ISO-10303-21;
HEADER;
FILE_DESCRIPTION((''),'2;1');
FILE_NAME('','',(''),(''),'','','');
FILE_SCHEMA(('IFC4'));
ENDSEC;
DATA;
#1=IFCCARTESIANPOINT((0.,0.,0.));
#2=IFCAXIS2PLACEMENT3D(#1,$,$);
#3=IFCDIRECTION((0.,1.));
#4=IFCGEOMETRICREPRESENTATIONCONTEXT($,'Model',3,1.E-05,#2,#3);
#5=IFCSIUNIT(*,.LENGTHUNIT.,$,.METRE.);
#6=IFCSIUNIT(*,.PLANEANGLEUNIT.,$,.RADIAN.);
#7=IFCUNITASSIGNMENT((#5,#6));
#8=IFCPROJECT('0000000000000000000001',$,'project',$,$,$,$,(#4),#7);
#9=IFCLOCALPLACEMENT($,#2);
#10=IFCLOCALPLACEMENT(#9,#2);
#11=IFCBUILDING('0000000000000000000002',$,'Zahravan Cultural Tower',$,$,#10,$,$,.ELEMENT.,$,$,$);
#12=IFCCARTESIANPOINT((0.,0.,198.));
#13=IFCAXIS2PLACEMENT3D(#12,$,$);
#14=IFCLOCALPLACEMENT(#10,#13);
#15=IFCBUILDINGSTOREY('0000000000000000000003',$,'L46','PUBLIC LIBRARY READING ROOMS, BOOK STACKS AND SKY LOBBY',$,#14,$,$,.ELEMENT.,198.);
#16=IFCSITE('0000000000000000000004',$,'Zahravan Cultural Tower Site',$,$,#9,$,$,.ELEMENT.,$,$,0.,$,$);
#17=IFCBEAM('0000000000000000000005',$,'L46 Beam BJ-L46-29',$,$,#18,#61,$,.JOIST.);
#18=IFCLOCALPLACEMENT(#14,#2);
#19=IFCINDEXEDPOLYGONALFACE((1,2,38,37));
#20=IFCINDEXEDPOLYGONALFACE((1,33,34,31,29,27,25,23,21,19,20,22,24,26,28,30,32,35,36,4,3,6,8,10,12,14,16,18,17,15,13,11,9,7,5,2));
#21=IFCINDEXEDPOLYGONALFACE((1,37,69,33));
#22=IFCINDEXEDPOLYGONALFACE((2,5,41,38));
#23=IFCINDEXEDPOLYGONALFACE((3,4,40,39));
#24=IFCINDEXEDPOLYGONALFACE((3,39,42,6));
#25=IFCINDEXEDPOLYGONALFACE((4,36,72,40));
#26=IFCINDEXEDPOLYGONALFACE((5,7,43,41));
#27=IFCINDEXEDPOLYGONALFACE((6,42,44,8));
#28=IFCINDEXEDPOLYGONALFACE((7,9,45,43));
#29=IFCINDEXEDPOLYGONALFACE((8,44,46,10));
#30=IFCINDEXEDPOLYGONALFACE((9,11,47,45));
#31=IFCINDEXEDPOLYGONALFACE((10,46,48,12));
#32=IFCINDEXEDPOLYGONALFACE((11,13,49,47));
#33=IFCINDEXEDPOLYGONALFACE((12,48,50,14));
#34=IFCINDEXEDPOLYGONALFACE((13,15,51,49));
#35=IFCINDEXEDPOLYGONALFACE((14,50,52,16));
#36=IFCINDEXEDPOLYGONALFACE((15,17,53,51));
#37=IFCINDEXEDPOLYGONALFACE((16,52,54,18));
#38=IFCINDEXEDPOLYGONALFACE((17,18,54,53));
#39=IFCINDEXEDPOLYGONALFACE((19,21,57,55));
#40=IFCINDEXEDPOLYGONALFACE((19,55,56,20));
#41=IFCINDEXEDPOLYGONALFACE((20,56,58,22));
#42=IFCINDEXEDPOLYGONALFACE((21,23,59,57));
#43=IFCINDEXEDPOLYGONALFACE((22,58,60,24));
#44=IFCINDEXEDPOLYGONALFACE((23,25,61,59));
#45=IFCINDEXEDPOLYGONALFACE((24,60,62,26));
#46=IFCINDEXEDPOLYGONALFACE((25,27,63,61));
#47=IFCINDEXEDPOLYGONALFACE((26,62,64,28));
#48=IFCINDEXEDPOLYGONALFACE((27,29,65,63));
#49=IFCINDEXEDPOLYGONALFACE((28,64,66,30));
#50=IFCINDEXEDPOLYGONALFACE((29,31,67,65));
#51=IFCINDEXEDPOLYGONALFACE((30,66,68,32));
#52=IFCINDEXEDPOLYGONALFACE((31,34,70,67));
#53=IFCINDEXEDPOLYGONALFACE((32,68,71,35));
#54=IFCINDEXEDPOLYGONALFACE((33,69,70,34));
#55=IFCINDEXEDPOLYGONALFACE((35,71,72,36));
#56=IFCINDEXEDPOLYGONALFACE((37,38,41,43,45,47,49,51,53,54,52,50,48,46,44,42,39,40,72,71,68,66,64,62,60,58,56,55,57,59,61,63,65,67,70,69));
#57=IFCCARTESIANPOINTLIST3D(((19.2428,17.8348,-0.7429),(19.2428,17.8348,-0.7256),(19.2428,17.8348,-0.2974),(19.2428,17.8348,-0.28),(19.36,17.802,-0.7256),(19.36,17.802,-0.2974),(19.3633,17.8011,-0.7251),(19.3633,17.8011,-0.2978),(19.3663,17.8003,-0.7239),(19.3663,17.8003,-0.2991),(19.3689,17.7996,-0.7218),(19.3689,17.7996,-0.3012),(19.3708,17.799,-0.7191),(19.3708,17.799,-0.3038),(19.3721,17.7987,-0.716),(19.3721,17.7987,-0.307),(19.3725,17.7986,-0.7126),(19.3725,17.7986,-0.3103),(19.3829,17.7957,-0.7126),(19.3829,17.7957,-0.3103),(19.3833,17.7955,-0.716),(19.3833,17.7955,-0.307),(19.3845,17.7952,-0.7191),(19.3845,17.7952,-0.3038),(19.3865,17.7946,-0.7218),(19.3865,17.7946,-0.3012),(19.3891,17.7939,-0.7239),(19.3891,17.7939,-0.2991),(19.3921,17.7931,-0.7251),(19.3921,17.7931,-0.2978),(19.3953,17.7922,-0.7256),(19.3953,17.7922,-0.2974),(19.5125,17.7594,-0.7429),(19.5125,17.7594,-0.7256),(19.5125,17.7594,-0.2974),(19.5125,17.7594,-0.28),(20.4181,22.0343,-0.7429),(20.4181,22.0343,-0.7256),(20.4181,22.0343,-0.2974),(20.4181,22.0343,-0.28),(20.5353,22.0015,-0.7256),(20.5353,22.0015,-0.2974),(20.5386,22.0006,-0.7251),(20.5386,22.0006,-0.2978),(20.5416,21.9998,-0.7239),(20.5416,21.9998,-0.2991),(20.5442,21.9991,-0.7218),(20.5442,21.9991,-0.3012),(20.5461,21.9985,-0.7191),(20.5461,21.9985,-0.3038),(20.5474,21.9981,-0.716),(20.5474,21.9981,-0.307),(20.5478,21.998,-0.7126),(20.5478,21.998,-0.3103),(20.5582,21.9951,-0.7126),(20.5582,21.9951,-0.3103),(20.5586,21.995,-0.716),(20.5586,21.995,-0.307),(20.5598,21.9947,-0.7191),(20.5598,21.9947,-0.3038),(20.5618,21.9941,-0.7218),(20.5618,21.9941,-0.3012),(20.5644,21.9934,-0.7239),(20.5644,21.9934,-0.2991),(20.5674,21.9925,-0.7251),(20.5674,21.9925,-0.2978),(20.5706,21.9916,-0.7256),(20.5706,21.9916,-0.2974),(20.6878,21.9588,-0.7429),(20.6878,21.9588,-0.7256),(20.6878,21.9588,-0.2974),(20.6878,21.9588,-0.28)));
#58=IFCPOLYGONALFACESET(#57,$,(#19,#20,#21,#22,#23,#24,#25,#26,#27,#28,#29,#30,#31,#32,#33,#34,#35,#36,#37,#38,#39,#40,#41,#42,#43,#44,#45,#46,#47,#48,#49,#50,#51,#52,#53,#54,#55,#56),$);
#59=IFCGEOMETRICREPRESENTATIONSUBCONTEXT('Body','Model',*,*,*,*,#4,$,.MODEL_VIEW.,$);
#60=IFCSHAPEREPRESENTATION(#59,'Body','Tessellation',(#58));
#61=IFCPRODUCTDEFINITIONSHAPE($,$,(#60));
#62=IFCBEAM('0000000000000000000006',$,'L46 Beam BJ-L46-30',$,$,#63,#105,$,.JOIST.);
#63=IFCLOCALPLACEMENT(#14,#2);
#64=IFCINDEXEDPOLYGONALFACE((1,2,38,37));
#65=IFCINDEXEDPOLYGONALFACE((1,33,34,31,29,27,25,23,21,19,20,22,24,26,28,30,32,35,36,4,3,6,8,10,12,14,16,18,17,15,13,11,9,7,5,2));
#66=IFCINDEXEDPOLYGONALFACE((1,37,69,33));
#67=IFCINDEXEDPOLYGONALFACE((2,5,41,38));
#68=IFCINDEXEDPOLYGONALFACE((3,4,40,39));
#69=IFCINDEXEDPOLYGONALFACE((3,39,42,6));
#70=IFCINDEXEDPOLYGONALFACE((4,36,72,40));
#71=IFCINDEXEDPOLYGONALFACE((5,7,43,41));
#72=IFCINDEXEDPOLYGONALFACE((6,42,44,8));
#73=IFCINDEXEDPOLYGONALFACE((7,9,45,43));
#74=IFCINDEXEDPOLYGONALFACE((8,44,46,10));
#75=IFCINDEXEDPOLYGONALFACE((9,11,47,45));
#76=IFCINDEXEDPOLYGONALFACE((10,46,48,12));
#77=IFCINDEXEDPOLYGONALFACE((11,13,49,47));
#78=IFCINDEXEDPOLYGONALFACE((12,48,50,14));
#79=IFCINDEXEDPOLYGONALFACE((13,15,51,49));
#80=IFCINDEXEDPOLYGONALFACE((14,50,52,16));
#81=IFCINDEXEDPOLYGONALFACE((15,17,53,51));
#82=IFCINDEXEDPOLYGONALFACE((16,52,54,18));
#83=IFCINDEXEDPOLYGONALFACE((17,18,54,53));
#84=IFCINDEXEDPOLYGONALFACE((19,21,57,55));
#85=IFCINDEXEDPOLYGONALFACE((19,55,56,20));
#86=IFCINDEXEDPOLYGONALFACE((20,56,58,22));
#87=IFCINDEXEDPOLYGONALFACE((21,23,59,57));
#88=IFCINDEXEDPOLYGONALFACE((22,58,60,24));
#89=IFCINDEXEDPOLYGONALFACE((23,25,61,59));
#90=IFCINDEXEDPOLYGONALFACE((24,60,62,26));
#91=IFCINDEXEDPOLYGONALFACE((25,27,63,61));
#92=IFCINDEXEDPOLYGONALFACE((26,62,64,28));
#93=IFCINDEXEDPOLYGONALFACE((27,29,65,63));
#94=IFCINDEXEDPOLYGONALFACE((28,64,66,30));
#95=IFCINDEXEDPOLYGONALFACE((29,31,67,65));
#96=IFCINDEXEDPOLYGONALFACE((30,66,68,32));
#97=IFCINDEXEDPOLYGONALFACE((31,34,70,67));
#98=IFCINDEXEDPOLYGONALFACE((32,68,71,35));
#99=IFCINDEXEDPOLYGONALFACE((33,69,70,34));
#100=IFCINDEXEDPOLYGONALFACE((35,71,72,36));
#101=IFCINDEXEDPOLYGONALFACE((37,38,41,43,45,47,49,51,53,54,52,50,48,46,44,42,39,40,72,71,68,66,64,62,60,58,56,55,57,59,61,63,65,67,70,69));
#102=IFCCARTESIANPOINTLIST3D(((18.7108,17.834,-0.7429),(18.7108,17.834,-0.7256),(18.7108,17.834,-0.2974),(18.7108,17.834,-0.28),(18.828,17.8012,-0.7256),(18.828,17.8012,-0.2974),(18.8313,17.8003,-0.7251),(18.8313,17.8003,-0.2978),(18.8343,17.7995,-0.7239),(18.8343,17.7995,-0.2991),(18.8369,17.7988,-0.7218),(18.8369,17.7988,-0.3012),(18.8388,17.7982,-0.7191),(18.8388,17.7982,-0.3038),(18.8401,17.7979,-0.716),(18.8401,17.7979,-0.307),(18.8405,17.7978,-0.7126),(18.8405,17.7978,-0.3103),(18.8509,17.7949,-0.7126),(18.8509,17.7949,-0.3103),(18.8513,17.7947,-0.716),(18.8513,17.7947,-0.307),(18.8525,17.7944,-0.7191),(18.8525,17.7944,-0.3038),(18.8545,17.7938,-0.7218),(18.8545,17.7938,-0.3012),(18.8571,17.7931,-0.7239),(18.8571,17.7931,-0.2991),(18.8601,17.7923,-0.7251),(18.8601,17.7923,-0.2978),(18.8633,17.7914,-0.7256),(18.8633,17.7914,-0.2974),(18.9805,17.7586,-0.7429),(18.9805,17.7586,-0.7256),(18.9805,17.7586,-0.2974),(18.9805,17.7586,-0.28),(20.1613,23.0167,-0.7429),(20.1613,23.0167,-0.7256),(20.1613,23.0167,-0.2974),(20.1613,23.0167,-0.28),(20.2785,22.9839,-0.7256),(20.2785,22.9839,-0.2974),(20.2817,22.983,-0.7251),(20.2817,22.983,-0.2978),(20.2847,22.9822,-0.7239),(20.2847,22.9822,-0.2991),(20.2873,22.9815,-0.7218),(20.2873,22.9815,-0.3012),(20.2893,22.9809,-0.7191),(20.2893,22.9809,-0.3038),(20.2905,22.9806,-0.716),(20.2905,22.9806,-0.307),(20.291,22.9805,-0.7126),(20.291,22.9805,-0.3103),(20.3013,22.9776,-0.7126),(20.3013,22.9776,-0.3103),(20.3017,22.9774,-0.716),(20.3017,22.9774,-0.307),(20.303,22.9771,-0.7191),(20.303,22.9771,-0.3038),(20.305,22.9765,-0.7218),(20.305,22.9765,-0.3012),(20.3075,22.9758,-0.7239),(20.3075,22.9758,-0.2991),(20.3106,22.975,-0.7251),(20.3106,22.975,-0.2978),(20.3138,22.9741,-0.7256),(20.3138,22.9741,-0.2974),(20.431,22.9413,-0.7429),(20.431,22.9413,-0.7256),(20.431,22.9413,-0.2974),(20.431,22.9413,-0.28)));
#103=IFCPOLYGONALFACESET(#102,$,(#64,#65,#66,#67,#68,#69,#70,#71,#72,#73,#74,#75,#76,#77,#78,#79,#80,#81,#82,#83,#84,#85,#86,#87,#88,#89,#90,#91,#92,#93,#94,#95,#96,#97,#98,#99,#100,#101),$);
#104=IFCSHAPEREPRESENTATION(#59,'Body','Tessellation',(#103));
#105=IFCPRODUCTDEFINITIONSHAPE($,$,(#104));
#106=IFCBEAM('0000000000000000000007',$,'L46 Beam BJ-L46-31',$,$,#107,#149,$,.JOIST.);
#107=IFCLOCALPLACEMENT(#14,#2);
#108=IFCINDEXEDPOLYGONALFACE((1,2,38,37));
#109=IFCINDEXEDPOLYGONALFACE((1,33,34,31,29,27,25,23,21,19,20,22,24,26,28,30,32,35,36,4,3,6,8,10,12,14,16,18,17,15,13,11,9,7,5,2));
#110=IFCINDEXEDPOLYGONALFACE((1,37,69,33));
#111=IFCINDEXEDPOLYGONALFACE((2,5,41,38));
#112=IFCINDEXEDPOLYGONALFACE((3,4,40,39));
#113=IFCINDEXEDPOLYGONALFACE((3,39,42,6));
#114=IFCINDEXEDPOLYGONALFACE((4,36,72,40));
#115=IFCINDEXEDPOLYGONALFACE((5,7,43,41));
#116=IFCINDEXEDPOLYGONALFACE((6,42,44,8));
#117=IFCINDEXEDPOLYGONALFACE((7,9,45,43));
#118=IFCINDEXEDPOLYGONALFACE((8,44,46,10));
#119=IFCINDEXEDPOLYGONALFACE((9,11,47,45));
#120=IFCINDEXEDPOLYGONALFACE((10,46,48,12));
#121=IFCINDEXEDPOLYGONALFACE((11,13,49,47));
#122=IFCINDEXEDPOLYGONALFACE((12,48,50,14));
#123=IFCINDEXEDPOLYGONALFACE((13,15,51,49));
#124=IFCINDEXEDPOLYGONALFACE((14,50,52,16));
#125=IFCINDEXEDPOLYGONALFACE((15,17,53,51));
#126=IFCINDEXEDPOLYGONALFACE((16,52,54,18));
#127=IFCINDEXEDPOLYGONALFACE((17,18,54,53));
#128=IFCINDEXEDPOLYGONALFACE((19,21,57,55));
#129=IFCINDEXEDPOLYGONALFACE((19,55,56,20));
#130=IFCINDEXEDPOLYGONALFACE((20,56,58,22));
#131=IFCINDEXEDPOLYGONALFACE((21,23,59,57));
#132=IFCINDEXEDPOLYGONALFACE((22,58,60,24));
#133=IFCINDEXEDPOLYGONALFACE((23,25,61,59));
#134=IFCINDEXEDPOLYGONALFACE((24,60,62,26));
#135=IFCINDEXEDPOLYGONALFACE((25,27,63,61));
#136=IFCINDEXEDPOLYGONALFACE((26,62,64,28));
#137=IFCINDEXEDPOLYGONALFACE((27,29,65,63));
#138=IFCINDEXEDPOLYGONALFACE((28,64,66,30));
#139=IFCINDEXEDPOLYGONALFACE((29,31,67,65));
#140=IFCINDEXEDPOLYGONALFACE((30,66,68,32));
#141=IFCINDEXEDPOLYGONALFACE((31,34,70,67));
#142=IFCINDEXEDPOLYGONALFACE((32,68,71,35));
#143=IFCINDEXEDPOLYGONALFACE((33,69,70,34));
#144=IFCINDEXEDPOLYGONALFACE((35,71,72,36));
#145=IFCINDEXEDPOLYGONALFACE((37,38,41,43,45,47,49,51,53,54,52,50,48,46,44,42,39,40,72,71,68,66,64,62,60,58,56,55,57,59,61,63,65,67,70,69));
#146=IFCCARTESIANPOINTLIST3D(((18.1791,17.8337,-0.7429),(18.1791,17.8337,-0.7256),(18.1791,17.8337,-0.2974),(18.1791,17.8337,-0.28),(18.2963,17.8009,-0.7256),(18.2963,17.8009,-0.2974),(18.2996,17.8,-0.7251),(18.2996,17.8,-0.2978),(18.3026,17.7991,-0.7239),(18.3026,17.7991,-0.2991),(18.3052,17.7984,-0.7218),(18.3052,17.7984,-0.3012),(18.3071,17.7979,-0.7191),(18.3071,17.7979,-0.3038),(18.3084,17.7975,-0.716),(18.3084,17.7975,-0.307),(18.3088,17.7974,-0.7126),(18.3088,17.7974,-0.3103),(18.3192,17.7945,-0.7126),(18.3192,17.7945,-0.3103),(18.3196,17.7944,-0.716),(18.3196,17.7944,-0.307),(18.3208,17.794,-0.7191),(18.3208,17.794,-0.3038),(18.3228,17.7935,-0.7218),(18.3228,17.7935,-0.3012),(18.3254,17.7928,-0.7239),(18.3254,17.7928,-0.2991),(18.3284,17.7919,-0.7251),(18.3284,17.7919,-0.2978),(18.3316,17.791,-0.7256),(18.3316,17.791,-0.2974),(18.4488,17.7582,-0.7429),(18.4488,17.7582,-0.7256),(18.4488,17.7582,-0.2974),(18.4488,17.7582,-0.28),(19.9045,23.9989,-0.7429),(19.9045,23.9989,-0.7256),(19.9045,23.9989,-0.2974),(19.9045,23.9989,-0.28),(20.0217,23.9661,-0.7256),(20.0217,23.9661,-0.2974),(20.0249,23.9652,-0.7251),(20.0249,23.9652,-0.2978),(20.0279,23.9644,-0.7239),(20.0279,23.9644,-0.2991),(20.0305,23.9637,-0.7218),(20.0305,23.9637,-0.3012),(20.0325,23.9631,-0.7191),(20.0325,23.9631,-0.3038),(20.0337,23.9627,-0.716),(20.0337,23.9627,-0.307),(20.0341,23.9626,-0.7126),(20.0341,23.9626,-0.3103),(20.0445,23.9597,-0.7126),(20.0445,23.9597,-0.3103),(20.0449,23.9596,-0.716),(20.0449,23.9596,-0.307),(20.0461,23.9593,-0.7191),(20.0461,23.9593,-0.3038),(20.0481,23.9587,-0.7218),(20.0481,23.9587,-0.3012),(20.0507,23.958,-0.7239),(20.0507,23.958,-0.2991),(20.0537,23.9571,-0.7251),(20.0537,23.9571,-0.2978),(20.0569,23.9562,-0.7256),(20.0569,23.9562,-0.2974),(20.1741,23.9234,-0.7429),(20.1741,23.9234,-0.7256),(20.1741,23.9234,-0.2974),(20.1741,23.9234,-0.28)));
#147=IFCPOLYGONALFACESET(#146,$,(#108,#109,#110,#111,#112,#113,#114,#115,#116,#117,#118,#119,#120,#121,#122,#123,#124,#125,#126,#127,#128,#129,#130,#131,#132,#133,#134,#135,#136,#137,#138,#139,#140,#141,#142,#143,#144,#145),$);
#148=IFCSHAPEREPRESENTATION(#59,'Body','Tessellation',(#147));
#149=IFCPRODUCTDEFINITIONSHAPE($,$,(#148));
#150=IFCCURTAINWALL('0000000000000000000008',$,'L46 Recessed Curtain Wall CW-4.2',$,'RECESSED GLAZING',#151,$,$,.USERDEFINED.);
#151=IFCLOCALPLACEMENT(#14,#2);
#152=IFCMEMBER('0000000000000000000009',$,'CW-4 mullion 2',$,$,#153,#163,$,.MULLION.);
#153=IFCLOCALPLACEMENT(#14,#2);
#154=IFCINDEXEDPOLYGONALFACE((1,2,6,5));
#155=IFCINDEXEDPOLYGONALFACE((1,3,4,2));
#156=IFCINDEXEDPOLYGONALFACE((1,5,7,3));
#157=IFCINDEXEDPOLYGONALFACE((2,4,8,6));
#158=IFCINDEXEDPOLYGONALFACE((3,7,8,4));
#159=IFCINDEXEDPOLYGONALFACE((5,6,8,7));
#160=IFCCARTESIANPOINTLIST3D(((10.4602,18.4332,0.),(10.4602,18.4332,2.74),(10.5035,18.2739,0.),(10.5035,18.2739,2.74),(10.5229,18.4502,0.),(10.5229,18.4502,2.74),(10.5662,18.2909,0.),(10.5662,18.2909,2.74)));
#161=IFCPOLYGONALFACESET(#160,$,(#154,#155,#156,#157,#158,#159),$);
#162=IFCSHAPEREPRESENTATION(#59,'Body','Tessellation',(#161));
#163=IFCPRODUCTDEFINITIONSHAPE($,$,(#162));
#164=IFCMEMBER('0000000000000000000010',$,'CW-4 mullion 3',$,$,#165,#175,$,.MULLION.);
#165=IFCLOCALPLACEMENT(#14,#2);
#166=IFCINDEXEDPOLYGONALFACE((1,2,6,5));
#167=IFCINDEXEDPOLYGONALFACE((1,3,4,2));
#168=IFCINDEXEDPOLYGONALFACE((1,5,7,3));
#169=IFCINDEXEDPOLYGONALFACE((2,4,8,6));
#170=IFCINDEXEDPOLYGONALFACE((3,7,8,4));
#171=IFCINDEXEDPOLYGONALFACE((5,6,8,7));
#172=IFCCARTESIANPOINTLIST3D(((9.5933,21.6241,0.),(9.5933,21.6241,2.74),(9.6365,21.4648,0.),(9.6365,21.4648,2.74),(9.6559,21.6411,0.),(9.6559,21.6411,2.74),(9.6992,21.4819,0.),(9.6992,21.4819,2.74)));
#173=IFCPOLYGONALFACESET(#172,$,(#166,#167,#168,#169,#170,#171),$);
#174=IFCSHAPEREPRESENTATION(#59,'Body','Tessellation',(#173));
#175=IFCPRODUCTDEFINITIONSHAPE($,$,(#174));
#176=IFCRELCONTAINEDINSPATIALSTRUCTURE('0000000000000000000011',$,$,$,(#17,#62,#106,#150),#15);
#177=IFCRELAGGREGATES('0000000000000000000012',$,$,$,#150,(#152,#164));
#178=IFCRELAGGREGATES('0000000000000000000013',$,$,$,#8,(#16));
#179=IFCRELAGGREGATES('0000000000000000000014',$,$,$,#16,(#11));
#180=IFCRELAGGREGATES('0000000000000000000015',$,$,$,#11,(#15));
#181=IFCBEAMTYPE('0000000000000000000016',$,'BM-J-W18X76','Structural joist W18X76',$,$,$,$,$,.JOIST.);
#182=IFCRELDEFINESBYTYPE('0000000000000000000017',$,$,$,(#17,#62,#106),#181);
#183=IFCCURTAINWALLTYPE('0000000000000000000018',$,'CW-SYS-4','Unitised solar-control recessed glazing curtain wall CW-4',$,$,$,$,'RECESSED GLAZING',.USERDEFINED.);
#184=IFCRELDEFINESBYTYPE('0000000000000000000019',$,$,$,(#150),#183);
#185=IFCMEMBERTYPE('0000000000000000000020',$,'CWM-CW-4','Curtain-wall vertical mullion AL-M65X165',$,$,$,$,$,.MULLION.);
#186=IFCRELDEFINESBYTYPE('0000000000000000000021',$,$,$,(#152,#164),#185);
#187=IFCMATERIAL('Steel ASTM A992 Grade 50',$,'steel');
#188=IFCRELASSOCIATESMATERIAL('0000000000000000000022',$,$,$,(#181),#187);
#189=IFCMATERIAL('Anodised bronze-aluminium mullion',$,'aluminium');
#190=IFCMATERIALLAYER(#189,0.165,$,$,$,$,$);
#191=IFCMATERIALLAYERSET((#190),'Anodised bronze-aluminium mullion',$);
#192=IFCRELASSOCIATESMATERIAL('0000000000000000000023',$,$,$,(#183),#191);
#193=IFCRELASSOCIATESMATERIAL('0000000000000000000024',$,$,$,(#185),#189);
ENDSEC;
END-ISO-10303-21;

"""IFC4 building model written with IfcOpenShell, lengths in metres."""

from ifc_helpers import new_model, si_unit, direction, frame, origin, origin_2d, place, context, subcontext, project, spatial, rectangle, i_section, extrude, source, transform, mapped, material, layer, layer_set, material_profile, profile_set, type_object, element, aggregate, save


model = new_model("IFC4")

# Units and contexts
model_context = context("Model", 3, precision=1e-05, world=origin(), true_north=direction((0.0, 1.0)))
body_context = subcontext(model_context, "Body", "Model", "MODEL_VIEW")
ifc_project = project(units=[si_unit("LENGTHUNIT", "METRE"), si_unit("PLANEANGLEUNIT", "RADIAN")], contexts=[model_context])

# Site, building, storey
site_placement = place(None, origin())
site = spatial("IfcSite", under=ifc_project, at=site_placement, Name="Zahravan Cultural Tower Site", CompositionType="ELEMENT", RefElevation=0.0)
building_placement = place(site_placement, origin())
building = spatial("IfcBuilding", under=site, at=building_placement, Name="Zahravan Cultural Tower", CompositionType="ELEMENT")
storey_placement = place(building_placement, frame((0.0, 0.0, 198.0)))
storey = spatial("IfcBuildingStorey", under=building, at=storey_placement, Name="L46", Description="PUBLIC LIBRARY READING ROOMS, BOOK STACKS AND SKY LOBBY", CompositionType="ELEMENT", Elevation=198.0)

# Shared definitions
ifc_material_1 = material(Name="Steel ASTM A992 Grade 50", Category="steel")

# Beams
ifc_material_profile_1 = material_profile(ifc_material_1, i_section(OverallWidth=0.28, OverallDepth=0.4629, WebThickness=0.0107, FlangeThickness=0.0173, FilletRadius=0.0129, at=origin_2d()), Name="W18X76")
ifc_profile_set_1 = profile_set([ifc_material_profile_1], Name="Steel ASTM A992 Grade 50")
beam_type = type_object("IfcBeamType", Name="BM-J-W18X76", Description="Structural joist W18X76", PredefinedType="JOIST", material=ifc_profile_set_1)
shared_shape_1 = source(origin(), body_context, "Body", "SweptSolid", [
    extrude(i_section(OverallWidth=0.28, OverallDepth=0.4629, WebThickness=0.0107, FlangeThickness=0.0173, FilletRadius=0.0129, at=origin_2d()), origin(), (0.0, 0.0, 1.0), 4.3608),
])
beam_1_placement = place(storey_placement, frame((20.553, 21.9966, -0.5115), z_axis=(-0.269512, -0.962997, 0.0), x_axis=(0.962997, -0.269512, 0.0)))
element("IfcBeam", 1, at=beam_1_placement, inside=storey, type_object=beam_type, Name="L46 Beam BJ-L46-29", PredefinedType="JOIST", context=body_context, shape_type="MappedRepresentation", body=[
    mapped(shared_shape_1, transform((0.0, 0.0, 0.0), x_axis=(1.0, 0.0, 0.0), y_axis=(0.0, 1.0, 0.0), z_axis=(0.0, 0.0, 1.0), scale=1.0)),
])
shared_shape_2 = source(origin(), body_context, "Body", "SweptSolid", [
    extrude(i_section(OverallWidth=0.28, OverallDepth=0.4629, WebThickness=0.0107, FlangeThickness=0.0173, FilletRadius=0.0129, at=origin_2d()), origin(), (0.0, 0.0, 1.0), 5.3818),
])
beam_2_placement = place(storey_placement, frame((20.2961, 22.979, -0.5115), z_axis=(-0.26951, -0.962997, 0.0), x_axis=(0.962997, -0.26951, 0.0)))
element("IfcBeam", 2, at=beam_2_placement, inside=storey, type_object=beam_type, Name="L46 Beam BJ-L46-30", PredefinedType="JOIST", context=body_context, shape_type="MappedRepresentation", body=[
    mapped(shared_shape_2, transform((0.0, 0.0, 0.0), x_axis=(1.0, 0.0, 0.0), y_axis=(0.0, 1.0, 0.0), z_axis=(0.0, 0.0, 1.0), scale=1.0)),
])
shared_shape_3 = source(origin(), body_context, "Body", "SweptSolid", [
    extrude(i_section(OverallWidth=0.28, OverallDepth=0.4629, WebThickness=0.0107, FlangeThickness=0.0173, FilletRadius=0.0129, at=origin_2d()), origin(), (0.0, 0.0, 1.0), 6.4021),
])
beam_3_placement = place(storey_placement, frame((20.0393, 23.9612, -0.5115), z_axis=(-0.269494, -0.963002, 0.0), x_axis=(0.963002, -0.269494, 0.0)))
element("IfcBeam", 3, at=beam_3_placement, inside=storey, type_object=beam_type, Name="L46 Beam BJ-L46-31", PredefinedType="JOIST", context=body_context, shape_type="MappedRepresentation", body=[
    mapped(shared_shape_3, transform((0.0, 0.0, 0.0), x_axis=(1.0, 0.0, 0.0), y_axis=(0.0, 1.0, 0.0), z_axis=(0.0, 0.0, 1.0), scale=1.0)),
])

# Curtain wall, members
ifc_material_2 = material(Name="Anodised bronze-aluminium mullion", Category="aluminium")
ifc_layer_1 = layer(ifc_material_2, 0.165)
ifc_layer_set_1 = layer_set([ifc_layer_1], Name="Anodised bronze-aluminium mullion")
curtain_wall_type = type_object("IfcCurtainWallType", Name="CW-SYS-4", Description="Unitised solar-control recessed glazing curtain wall CW-4", ElementType="RECESSED GLAZING", PredefinedType="USERDEFINED", material=ifc_layer_set_1)
curtain_wall_placement = place(storey_placement, origin())
curtain_wall = element("IfcCurtainWall", 4, at=curtain_wall_placement, inside=storey, type_object=curtain_wall_type, Name="L46 Recessed Curtain Wall CW-4.2", ObjectType="RECESSED GLAZING", PredefinedType="USERDEFINED")
ifc_material_profile_2 = material_profile(ifc_material_2, rectangle(XDim=0.0649, YDim=0.165, at=origin_2d()), Name="AL-M65X165")
ifc_profile_set_2 = profile_set([ifc_material_profile_2], Name="Anodised bronze-aluminium mullion")
member_type_1 = type_object("IfcMemberType", Name="CWM-CW-4", Description="Curtain-wall vertical mullion AL-M65X165", PredefinedType="MULLION", material=ifc_profile_set_2)
shared_shape_4 = source(origin(), body_context, "Body", "SweptSolid", [
    extrude(rectangle(XDim=0.0649, YDim=0.165, at=origin_2d()), origin(), (0.0, 0.0, 1.0), 2.74),
])
member_1_placement = place(storey_placement, frame((10.5132, 18.3621, 0.0), z_axis=(0.0, 0.0, 1.0), x_axis=(-0.965017, -0.262187, 0.0)))
member_1 = element("IfcMember", 5, at=member_1_placement, type_object=member_type_1, Name="CW-4 mullion 2", PredefinedType="MULLION", context=body_context, shape_type="MappedRepresentation", body=[
    mapped(shared_shape_4, transform((0.0, 0.0, 0.0), x_axis=(1.0, 0.0, 0.0), y_axis=(0.0, 1.0, 0.0), z_axis=(0.0, 0.0, 1.0), scale=1.0)),
])
member_2_placement = place(storey_placement, frame((9.6462, 21.553, 0.0), z_axis=(0.0, 0.0, 1.0), x_axis=(-0.965017, -0.262187, 0.0)))
member_2 = element("IfcMember", 6, at=member_2_placement, type_object=member_type_1, Name="CW-4 mullion 3", PredefinedType="MULLION", context=body_context, shape_type="MappedRepresentation", body=[
    mapped(shared_shape_4, transform((0.0, 0.0, 0.0), x_axis=(1.0, 0.0, 0.0), y_axis=(0.0, 1.0, 0.0), z_axis=(0.0, 0.0, 1.0), scale=1.0)),
])
aggregate(curtain_wall, [member_1, member_2])

save(model, "model.ifc")
